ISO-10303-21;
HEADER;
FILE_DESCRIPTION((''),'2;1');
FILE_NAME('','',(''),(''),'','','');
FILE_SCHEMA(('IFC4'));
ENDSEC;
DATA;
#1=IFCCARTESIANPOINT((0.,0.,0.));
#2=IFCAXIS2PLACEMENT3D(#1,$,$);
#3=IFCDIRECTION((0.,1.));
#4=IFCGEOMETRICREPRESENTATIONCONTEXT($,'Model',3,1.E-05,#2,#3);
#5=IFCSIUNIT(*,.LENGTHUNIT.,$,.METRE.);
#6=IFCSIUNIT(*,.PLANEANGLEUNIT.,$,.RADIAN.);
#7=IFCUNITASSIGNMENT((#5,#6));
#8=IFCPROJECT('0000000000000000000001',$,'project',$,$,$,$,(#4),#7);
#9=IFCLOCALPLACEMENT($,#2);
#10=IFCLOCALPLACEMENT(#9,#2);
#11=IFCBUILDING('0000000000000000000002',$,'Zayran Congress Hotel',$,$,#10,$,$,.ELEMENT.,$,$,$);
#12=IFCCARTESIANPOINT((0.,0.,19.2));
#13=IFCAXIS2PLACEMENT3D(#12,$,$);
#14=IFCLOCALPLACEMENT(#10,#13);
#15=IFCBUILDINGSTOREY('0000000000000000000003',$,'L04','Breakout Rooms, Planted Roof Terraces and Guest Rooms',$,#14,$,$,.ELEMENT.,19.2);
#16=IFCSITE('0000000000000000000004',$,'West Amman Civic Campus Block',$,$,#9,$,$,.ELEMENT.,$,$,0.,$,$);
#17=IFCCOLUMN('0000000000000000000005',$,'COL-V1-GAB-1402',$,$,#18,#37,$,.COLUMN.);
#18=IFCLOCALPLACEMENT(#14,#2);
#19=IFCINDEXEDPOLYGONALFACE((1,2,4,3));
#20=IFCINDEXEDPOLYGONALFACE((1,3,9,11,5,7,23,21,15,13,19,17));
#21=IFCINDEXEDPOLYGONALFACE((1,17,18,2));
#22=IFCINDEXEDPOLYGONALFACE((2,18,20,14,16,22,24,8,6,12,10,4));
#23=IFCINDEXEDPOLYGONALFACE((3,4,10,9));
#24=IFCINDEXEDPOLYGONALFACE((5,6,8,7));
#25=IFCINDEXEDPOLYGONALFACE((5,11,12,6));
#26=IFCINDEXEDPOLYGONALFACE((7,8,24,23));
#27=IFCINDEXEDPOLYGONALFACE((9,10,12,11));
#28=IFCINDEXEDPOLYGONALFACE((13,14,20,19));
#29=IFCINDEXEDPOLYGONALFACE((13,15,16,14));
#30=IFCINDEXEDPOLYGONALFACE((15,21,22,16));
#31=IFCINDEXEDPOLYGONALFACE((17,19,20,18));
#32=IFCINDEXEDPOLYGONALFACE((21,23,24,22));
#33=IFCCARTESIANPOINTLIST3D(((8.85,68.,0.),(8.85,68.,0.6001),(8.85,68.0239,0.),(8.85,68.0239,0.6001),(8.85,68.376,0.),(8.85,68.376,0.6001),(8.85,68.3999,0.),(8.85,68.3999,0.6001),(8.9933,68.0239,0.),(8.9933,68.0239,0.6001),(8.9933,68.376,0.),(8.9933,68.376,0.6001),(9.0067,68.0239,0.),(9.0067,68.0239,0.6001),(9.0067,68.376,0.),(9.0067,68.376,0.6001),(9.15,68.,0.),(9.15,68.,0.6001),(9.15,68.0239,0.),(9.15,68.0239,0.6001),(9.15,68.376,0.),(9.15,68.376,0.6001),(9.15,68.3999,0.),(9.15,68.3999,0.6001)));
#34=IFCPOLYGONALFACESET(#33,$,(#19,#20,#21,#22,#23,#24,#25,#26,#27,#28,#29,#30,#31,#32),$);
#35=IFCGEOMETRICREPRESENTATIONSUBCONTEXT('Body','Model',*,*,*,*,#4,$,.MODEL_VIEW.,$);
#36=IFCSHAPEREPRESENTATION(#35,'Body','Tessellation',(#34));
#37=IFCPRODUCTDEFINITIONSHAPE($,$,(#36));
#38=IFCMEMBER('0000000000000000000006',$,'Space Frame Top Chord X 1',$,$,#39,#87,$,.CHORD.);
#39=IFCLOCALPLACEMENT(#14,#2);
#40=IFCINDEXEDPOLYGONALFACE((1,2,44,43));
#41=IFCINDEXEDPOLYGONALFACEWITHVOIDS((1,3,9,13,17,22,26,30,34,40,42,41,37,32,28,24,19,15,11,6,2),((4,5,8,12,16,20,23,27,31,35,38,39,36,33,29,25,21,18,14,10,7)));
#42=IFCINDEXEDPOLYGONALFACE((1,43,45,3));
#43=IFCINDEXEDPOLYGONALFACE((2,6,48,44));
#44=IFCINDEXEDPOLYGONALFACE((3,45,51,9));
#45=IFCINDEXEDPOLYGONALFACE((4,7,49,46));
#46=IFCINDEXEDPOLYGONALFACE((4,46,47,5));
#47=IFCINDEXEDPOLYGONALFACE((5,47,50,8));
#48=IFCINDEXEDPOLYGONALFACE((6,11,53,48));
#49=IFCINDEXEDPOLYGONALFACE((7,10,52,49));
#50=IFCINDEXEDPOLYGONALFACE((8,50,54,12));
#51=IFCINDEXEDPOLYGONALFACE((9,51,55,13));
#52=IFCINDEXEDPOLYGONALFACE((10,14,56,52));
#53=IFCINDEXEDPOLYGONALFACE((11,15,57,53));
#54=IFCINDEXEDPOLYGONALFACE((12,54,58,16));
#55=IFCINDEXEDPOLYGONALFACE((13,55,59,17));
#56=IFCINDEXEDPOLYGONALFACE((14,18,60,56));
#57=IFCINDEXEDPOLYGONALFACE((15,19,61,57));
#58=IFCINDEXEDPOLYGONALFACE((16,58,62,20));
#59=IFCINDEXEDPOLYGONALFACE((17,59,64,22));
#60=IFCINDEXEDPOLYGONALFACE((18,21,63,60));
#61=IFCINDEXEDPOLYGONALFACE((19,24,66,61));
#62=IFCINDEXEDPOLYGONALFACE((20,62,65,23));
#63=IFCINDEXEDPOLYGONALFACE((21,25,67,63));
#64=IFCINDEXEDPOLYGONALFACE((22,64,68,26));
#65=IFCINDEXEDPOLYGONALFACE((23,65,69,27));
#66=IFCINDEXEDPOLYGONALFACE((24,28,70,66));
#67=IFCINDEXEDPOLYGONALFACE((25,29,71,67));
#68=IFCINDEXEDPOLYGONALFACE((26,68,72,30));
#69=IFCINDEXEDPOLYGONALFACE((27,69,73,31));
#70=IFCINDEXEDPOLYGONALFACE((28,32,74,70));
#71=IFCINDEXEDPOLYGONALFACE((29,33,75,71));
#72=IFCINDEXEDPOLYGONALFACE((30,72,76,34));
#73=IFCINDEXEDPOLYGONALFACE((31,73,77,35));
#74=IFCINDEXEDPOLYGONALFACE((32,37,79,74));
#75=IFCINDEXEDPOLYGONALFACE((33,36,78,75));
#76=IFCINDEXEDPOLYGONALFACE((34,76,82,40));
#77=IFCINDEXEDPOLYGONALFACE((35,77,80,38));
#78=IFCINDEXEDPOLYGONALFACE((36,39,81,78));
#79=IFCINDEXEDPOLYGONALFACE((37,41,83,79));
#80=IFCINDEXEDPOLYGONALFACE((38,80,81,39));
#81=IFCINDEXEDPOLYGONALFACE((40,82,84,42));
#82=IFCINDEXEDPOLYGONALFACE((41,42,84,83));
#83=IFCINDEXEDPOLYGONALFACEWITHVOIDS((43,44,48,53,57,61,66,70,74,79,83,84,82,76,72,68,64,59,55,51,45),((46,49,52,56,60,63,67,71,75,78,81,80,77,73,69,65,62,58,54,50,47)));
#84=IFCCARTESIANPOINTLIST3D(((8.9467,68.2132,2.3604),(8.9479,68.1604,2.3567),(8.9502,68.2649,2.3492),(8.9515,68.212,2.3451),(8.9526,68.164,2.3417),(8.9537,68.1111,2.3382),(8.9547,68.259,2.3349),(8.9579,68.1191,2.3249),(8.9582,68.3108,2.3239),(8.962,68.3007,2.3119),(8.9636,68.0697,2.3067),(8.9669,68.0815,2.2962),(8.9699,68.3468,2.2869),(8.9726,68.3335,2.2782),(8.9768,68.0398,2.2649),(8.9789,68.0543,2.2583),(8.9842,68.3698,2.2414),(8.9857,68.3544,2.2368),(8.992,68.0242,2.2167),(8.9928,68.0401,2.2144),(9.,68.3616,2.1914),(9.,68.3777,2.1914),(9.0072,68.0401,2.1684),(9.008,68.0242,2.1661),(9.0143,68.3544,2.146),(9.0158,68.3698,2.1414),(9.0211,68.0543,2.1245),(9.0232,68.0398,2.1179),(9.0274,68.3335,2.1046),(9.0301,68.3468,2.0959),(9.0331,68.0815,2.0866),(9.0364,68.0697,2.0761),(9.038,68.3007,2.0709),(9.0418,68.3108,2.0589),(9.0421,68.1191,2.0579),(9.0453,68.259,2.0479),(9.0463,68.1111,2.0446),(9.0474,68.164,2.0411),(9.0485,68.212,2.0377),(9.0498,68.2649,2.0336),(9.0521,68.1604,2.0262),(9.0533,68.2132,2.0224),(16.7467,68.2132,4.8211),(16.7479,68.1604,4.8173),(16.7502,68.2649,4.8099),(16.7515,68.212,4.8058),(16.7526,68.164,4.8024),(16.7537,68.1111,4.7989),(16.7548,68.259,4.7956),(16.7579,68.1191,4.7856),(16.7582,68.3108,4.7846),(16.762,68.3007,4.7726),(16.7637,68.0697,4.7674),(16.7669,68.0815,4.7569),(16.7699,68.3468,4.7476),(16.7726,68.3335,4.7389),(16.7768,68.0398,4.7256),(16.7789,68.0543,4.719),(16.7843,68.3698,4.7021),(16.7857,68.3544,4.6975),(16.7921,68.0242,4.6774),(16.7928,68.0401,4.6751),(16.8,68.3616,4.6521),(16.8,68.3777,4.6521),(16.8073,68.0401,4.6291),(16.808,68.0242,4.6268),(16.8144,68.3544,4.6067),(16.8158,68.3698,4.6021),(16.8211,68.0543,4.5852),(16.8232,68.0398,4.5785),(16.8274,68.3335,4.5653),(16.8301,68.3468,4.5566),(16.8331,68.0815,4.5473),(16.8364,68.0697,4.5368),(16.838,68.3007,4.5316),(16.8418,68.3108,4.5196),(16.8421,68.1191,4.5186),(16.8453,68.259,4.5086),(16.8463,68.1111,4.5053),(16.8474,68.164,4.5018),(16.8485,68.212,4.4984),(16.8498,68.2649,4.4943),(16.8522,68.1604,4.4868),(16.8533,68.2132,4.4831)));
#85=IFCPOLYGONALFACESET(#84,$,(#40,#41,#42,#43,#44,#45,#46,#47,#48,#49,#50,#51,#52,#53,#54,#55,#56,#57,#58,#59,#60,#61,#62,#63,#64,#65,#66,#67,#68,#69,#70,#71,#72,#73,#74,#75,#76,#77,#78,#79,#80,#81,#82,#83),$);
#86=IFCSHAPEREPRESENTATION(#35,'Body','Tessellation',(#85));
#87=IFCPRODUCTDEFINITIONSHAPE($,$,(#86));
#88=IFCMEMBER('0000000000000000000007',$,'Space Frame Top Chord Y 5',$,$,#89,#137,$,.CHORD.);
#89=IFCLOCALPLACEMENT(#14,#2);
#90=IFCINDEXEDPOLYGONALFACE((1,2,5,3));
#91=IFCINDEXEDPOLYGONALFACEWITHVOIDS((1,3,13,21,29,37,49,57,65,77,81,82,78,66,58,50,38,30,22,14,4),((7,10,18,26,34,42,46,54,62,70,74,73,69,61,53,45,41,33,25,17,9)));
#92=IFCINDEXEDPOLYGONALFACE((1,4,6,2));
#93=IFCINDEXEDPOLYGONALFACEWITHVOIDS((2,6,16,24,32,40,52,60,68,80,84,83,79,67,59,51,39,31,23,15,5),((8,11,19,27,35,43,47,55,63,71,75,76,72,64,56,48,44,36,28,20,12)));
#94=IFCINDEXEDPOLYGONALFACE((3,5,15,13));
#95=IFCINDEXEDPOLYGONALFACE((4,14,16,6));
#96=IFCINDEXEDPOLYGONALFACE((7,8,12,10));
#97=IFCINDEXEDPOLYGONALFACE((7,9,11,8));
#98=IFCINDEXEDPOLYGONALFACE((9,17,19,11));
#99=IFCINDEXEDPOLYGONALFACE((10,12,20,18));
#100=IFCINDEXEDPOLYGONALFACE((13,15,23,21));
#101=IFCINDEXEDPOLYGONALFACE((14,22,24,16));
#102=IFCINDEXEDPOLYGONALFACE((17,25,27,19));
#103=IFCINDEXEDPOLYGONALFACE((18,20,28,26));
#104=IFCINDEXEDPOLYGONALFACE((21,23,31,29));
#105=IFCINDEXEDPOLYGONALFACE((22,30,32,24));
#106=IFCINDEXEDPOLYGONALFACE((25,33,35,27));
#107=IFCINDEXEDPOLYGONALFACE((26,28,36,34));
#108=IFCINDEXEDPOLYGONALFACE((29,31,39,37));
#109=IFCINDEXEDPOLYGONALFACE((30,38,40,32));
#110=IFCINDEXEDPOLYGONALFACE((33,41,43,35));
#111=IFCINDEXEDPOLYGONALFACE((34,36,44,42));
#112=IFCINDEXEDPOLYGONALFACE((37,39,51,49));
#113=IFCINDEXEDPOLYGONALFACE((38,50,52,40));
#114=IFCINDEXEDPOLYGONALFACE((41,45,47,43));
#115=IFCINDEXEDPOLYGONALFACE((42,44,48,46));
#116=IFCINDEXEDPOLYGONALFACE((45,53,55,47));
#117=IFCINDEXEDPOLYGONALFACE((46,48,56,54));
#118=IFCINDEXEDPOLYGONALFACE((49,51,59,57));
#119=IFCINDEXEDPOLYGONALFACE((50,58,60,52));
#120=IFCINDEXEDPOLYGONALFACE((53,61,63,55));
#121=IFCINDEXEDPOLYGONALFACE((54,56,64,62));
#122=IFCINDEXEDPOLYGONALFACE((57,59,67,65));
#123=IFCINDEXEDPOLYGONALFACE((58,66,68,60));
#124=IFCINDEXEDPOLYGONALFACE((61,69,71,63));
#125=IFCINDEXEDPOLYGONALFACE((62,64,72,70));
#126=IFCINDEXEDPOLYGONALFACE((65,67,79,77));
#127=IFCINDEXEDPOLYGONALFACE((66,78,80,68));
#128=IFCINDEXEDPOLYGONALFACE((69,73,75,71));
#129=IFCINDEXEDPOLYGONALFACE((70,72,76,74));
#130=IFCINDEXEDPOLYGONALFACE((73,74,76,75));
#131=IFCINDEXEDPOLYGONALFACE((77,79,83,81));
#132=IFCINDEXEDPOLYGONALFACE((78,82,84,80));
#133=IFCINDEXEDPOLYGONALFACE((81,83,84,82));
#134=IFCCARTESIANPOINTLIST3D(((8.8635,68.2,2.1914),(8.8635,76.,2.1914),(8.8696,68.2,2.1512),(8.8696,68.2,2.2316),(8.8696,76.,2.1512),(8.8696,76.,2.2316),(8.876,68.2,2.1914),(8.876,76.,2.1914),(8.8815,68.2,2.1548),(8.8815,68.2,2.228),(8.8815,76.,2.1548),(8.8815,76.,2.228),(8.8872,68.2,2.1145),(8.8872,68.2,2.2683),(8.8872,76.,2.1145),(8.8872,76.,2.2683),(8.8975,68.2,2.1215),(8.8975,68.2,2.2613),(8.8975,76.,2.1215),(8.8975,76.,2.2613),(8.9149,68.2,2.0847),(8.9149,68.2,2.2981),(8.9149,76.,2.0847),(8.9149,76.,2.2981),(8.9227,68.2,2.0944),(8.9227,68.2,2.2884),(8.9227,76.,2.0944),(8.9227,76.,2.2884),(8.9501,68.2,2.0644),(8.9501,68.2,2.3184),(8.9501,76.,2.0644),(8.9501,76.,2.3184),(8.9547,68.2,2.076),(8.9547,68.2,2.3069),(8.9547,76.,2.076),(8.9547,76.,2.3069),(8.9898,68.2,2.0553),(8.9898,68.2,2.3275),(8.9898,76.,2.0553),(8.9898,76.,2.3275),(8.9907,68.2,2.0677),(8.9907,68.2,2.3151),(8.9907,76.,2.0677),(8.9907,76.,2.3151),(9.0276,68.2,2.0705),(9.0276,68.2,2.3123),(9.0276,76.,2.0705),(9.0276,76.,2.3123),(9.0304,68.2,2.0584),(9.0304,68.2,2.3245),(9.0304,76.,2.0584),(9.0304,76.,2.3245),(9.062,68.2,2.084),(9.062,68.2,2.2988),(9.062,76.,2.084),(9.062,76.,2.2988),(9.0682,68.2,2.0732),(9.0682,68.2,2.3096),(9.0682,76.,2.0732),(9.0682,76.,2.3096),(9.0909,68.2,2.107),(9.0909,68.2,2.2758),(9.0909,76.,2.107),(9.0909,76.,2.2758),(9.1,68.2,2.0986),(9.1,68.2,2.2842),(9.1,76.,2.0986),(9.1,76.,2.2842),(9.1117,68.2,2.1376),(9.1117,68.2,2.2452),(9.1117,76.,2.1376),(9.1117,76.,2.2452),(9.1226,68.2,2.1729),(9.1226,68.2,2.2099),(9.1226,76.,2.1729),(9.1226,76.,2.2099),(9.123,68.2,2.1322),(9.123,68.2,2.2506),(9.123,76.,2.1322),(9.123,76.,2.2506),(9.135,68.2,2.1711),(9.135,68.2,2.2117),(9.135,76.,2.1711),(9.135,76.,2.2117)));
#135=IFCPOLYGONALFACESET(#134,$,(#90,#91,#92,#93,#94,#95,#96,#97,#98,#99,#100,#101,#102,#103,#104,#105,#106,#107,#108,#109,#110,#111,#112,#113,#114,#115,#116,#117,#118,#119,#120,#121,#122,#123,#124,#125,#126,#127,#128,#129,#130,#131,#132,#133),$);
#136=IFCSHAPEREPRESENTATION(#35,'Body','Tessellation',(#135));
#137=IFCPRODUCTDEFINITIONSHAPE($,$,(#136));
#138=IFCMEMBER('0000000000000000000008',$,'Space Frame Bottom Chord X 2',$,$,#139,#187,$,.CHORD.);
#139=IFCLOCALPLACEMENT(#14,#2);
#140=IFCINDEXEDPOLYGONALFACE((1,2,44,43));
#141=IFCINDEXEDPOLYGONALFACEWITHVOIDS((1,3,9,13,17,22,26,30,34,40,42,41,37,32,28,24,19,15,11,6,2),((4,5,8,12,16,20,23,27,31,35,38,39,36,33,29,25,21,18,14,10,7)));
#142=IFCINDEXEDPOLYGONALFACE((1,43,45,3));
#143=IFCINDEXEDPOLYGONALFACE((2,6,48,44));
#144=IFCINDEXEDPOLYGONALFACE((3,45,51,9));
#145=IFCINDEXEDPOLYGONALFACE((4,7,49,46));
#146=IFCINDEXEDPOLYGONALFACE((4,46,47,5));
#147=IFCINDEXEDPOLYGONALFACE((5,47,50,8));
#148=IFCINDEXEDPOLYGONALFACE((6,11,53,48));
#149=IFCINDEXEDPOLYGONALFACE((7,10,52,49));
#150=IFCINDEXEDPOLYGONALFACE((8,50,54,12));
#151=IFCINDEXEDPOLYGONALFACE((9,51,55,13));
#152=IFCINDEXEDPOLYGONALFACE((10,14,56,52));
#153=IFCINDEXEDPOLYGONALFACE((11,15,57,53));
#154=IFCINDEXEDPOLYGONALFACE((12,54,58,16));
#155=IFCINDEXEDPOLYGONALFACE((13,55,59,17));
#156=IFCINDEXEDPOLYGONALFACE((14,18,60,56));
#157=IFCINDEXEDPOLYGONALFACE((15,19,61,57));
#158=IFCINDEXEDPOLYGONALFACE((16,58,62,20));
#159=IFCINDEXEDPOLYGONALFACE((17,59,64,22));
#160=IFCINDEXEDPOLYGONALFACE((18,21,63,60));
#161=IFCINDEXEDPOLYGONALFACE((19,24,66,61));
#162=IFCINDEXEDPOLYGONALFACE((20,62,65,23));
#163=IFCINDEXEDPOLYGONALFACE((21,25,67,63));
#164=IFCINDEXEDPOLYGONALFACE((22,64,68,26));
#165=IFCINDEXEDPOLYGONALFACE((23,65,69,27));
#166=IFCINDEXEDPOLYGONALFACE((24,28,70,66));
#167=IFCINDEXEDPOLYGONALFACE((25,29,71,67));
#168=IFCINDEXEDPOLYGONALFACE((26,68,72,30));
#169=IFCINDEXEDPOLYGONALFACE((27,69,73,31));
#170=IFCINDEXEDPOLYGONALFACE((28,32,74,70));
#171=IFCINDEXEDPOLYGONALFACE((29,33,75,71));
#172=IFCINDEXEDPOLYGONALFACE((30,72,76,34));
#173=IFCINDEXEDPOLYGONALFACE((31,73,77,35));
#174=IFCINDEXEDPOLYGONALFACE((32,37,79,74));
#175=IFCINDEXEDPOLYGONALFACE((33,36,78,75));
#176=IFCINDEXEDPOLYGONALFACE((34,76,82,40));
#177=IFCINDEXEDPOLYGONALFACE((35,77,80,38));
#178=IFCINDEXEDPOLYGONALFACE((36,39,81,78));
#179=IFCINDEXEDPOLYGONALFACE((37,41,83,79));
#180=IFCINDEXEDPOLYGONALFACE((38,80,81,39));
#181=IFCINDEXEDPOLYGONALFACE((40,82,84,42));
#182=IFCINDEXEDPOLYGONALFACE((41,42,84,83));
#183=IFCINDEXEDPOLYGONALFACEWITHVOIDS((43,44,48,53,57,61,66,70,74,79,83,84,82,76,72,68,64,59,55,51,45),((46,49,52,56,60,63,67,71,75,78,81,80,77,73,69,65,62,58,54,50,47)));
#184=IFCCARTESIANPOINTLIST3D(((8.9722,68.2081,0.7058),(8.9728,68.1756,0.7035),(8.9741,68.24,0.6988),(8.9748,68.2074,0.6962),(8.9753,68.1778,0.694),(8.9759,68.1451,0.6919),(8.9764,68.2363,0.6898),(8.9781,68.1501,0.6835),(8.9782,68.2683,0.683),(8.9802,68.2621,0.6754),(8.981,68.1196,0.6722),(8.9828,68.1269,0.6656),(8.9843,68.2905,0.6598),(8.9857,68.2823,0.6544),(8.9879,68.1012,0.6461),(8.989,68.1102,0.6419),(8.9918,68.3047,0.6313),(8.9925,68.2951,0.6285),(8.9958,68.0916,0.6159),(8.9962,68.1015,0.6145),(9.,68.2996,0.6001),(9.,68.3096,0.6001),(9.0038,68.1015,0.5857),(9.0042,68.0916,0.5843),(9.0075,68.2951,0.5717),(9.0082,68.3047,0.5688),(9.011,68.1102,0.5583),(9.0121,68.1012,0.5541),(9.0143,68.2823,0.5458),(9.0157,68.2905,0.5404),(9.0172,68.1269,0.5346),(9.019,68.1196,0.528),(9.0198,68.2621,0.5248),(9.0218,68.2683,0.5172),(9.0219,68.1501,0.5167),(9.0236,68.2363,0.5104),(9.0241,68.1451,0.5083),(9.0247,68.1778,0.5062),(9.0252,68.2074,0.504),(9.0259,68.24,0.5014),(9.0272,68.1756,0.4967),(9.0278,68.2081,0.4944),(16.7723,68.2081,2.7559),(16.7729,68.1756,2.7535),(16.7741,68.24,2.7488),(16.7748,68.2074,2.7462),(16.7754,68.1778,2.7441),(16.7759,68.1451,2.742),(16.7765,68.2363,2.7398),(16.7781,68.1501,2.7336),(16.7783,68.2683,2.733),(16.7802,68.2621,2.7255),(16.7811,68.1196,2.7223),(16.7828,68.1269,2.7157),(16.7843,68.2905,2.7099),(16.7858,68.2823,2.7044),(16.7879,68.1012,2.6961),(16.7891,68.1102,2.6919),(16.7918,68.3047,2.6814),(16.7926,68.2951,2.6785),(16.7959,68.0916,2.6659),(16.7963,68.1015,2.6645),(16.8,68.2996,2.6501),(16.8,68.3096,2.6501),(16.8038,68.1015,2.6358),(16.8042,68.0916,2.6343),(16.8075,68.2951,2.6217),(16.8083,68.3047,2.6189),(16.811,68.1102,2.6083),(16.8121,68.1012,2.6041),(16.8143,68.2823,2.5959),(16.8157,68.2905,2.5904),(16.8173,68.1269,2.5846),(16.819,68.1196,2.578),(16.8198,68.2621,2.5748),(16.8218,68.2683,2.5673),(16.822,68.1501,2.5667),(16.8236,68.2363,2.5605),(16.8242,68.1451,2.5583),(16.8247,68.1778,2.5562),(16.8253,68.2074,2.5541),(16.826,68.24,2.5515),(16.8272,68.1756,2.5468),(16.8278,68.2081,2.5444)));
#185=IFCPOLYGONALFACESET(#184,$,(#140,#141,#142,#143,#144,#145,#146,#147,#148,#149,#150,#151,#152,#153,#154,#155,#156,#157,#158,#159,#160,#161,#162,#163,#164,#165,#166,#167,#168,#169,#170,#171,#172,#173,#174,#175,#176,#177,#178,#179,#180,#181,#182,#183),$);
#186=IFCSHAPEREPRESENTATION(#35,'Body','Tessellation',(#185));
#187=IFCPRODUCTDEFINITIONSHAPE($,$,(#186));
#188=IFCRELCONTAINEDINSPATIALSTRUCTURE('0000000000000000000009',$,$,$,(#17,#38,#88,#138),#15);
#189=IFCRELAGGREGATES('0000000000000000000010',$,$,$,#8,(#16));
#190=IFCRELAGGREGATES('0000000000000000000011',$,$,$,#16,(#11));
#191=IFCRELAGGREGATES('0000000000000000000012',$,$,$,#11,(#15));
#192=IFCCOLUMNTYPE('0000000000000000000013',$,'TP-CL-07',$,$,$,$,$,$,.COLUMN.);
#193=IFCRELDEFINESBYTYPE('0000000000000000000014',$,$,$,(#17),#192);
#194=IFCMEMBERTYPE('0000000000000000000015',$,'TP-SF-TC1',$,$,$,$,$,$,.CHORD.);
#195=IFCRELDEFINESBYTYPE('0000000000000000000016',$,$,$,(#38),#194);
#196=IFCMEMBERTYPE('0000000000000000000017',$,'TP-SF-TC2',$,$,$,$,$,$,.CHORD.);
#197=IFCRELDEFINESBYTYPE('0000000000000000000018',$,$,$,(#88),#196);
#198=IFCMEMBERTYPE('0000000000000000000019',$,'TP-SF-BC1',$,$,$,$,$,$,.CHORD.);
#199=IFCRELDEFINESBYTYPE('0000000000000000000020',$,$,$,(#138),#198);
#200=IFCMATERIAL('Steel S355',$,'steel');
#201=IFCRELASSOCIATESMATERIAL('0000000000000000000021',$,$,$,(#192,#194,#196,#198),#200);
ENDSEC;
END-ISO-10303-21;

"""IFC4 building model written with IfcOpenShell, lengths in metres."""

from ifc_helpers import new_model, si_unit, direction, frame, origin, origin_2d, place, context, subcontext, project, spatial, hollow_circle, i_section, extrude, material, material_profile, profile_set, type_object, element, save


model = new_model("IFC4")

# Units and contexts
model_context = context("Model", 3, precision=1e-05, world=origin(), true_north=direction((0.0, 1.0)))
body_context = subcontext(model_context, "Body", "Model", "MODEL_VIEW")
ifc_project = project(units=[si_unit("LENGTHUNIT", "METRE"), si_unit("PLANEANGLEUNIT", "RADIAN")], contexts=[model_context])

# Site, building, storey
site_placement = place(None, origin())
site = spatial("IfcSite", under=ifc_project, at=site_placement, Name="West Amman Civic Campus Block", CompositionType="ELEMENT", RefElevation=0.0)
building_placement = place(site_placement, origin())
building = spatial("IfcBuilding", under=site, at=building_placement, Name="Zayran Congress Hotel", CompositionType="ELEMENT")
storey_placement = place(building_placement, frame((0.0, 0.0, 19.2)))
storey = spatial("IfcBuildingStorey", under=building, at=storey_placement, Name="L04", Description="Breakout Rooms, Planted Roof Terraces and Guest Rooms", CompositionType="ELEMENT", Elevation=19.2)

# Column
ifc_material_1 = material(Name="Steel S355", Category="steel")
ifc_material_profile_1 = material_profile(ifc_material_1, i_section(OverallWidth=0.3, OverallDepth=0.3999, WebThickness=0.0134, FlangeThickness=0.0239, at=origin_2d()), Name="HEB 400")
ifc_profile_set_1 = profile_set([ifc_material_profile_1], Name="Steel S355")
column_type = type_object("IfcColumnType", Name="TP-CL-07", PredefinedType="COLUMN", material=ifc_profile_set_1)
column_placement = place(storey_placement, frame((9.0, 68.2, 0.0), z_axis=(0.0, 0.0, 1.0), x_axis=(1.0, 0.0, 0.0)))
element("IfcColumn", 1, at=column_placement, inside=storey, type_object=column_type, Name="COL-V1-GAB-1402", PredefinedType="COLUMN", context=body_context, shape_type="SweptSolid", body=[
    extrude(i_section(OverallWidth=0.3, OverallDepth=0.3999, WebThickness=0.0134, FlangeThickness=0.0239, at=origin_2d()), origin(), (0.0, 0.0, 1.0), 0.6001),
])

# Members
ifc_material_profile_2 = material_profile(ifc_material_1, hollow_circle(Radius=0.1777, WallThickness=0.0161, at=origin_2d()), Name="CHS 355.6x16")
ifc_profile_set_2 = profile_set([ifc_material_profile_2], Name="Steel S355")
member_type_1 = type_object("IfcMemberType", Name="TP-SF-TC1", PredefinedType="CHORD", material=ifc_profile_set_2)
member_1_placement = place(storey_placement, frame((9.0, 68.2, 2.1914), z_axis=(0.95367, 0.0, 0.300856), x_axis=(0.0, 1.0, 0.0)))
element("IfcMember", 2, at=member_1_placement, inside=storey, type_object=member_type_1, Name="Space Frame Top Chord X 1", PredefinedType="CHORD", context=body_context, shape_type="SweptSolid", body=[
    extrude(hollow_circle(Radius=0.1777, WallThickness=0.0161, at=origin_2d()), origin(), (0.0, 0.0, 1.0), 8.179),
])
ifc_material_profile_3 = material_profile(ifc_material_1, hollow_circle(Radius=0.1365, WallThickness=0.0125, at=origin_2d()), Name="CHS 273x12.5")
ifc_profile_set_3 = profile_set([ifc_material_profile_3], Name="Steel S355")
member_type_2 = type_object("IfcMemberType", Name="TP-SF-TC2", PredefinedType="CHORD", material=ifc_profile_set_3)
member_2_placement = place(storey_placement, frame((9.0, 68.2, 2.1914), z_axis=(0.0, 1.0, 0.0), x_axis=(-1.0, 0.0, 0.0)))
element("IfcMember", 3, at=member_2_placement, inside=storey, type_object=member_type_2, Name="Space Frame Top Chord Y 5", PredefinedType="CHORD", context=body_context, shape_type="SweptSolid", body=[
    extrude(hollow_circle(Radius=0.1365, WallThickness=0.0125, at=origin_2d()), origin(), (0.0, 0.0, 1.0), 7.8),
])
ifc_material_profile_4 = material_profile(ifc_material_1, hollow_circle(Radius=0.1096, WallThickness=0.01, at=origin_2d()), Name="CHS 219.1x10")
ifc_profile_set_4 = profile_set([ifc_material_profile_4], Name="Steel S355")
member_type_3 = type_object("IfcMemberType", Name="TP-SF-BC1", PredefinedType="CHORD", material=ifc_profile_set_4)
member_3_placement = place(storey_placement, frame((9.0, 68.2, 0.6001), z_axis=(0.967154, 0.0, 0.254192), x_axis=(0.0, 1.0, 0.0)))
element("IfcMember", 4, at=member_3_placement, inside=storey, type_object=member_type_3, Name="Space Frame Bottom Chord X 2", PredefinedType="CHORD", context=body_context, shape_type="SweptSolid", body=[
    extrude(hollow_circle(Radius=0.1096, WallThickness=0.01, at=origin_2d()), origin(), (0.0, 0.0, 1.0), 8.0649),
])

save(model, "model.ifc")
